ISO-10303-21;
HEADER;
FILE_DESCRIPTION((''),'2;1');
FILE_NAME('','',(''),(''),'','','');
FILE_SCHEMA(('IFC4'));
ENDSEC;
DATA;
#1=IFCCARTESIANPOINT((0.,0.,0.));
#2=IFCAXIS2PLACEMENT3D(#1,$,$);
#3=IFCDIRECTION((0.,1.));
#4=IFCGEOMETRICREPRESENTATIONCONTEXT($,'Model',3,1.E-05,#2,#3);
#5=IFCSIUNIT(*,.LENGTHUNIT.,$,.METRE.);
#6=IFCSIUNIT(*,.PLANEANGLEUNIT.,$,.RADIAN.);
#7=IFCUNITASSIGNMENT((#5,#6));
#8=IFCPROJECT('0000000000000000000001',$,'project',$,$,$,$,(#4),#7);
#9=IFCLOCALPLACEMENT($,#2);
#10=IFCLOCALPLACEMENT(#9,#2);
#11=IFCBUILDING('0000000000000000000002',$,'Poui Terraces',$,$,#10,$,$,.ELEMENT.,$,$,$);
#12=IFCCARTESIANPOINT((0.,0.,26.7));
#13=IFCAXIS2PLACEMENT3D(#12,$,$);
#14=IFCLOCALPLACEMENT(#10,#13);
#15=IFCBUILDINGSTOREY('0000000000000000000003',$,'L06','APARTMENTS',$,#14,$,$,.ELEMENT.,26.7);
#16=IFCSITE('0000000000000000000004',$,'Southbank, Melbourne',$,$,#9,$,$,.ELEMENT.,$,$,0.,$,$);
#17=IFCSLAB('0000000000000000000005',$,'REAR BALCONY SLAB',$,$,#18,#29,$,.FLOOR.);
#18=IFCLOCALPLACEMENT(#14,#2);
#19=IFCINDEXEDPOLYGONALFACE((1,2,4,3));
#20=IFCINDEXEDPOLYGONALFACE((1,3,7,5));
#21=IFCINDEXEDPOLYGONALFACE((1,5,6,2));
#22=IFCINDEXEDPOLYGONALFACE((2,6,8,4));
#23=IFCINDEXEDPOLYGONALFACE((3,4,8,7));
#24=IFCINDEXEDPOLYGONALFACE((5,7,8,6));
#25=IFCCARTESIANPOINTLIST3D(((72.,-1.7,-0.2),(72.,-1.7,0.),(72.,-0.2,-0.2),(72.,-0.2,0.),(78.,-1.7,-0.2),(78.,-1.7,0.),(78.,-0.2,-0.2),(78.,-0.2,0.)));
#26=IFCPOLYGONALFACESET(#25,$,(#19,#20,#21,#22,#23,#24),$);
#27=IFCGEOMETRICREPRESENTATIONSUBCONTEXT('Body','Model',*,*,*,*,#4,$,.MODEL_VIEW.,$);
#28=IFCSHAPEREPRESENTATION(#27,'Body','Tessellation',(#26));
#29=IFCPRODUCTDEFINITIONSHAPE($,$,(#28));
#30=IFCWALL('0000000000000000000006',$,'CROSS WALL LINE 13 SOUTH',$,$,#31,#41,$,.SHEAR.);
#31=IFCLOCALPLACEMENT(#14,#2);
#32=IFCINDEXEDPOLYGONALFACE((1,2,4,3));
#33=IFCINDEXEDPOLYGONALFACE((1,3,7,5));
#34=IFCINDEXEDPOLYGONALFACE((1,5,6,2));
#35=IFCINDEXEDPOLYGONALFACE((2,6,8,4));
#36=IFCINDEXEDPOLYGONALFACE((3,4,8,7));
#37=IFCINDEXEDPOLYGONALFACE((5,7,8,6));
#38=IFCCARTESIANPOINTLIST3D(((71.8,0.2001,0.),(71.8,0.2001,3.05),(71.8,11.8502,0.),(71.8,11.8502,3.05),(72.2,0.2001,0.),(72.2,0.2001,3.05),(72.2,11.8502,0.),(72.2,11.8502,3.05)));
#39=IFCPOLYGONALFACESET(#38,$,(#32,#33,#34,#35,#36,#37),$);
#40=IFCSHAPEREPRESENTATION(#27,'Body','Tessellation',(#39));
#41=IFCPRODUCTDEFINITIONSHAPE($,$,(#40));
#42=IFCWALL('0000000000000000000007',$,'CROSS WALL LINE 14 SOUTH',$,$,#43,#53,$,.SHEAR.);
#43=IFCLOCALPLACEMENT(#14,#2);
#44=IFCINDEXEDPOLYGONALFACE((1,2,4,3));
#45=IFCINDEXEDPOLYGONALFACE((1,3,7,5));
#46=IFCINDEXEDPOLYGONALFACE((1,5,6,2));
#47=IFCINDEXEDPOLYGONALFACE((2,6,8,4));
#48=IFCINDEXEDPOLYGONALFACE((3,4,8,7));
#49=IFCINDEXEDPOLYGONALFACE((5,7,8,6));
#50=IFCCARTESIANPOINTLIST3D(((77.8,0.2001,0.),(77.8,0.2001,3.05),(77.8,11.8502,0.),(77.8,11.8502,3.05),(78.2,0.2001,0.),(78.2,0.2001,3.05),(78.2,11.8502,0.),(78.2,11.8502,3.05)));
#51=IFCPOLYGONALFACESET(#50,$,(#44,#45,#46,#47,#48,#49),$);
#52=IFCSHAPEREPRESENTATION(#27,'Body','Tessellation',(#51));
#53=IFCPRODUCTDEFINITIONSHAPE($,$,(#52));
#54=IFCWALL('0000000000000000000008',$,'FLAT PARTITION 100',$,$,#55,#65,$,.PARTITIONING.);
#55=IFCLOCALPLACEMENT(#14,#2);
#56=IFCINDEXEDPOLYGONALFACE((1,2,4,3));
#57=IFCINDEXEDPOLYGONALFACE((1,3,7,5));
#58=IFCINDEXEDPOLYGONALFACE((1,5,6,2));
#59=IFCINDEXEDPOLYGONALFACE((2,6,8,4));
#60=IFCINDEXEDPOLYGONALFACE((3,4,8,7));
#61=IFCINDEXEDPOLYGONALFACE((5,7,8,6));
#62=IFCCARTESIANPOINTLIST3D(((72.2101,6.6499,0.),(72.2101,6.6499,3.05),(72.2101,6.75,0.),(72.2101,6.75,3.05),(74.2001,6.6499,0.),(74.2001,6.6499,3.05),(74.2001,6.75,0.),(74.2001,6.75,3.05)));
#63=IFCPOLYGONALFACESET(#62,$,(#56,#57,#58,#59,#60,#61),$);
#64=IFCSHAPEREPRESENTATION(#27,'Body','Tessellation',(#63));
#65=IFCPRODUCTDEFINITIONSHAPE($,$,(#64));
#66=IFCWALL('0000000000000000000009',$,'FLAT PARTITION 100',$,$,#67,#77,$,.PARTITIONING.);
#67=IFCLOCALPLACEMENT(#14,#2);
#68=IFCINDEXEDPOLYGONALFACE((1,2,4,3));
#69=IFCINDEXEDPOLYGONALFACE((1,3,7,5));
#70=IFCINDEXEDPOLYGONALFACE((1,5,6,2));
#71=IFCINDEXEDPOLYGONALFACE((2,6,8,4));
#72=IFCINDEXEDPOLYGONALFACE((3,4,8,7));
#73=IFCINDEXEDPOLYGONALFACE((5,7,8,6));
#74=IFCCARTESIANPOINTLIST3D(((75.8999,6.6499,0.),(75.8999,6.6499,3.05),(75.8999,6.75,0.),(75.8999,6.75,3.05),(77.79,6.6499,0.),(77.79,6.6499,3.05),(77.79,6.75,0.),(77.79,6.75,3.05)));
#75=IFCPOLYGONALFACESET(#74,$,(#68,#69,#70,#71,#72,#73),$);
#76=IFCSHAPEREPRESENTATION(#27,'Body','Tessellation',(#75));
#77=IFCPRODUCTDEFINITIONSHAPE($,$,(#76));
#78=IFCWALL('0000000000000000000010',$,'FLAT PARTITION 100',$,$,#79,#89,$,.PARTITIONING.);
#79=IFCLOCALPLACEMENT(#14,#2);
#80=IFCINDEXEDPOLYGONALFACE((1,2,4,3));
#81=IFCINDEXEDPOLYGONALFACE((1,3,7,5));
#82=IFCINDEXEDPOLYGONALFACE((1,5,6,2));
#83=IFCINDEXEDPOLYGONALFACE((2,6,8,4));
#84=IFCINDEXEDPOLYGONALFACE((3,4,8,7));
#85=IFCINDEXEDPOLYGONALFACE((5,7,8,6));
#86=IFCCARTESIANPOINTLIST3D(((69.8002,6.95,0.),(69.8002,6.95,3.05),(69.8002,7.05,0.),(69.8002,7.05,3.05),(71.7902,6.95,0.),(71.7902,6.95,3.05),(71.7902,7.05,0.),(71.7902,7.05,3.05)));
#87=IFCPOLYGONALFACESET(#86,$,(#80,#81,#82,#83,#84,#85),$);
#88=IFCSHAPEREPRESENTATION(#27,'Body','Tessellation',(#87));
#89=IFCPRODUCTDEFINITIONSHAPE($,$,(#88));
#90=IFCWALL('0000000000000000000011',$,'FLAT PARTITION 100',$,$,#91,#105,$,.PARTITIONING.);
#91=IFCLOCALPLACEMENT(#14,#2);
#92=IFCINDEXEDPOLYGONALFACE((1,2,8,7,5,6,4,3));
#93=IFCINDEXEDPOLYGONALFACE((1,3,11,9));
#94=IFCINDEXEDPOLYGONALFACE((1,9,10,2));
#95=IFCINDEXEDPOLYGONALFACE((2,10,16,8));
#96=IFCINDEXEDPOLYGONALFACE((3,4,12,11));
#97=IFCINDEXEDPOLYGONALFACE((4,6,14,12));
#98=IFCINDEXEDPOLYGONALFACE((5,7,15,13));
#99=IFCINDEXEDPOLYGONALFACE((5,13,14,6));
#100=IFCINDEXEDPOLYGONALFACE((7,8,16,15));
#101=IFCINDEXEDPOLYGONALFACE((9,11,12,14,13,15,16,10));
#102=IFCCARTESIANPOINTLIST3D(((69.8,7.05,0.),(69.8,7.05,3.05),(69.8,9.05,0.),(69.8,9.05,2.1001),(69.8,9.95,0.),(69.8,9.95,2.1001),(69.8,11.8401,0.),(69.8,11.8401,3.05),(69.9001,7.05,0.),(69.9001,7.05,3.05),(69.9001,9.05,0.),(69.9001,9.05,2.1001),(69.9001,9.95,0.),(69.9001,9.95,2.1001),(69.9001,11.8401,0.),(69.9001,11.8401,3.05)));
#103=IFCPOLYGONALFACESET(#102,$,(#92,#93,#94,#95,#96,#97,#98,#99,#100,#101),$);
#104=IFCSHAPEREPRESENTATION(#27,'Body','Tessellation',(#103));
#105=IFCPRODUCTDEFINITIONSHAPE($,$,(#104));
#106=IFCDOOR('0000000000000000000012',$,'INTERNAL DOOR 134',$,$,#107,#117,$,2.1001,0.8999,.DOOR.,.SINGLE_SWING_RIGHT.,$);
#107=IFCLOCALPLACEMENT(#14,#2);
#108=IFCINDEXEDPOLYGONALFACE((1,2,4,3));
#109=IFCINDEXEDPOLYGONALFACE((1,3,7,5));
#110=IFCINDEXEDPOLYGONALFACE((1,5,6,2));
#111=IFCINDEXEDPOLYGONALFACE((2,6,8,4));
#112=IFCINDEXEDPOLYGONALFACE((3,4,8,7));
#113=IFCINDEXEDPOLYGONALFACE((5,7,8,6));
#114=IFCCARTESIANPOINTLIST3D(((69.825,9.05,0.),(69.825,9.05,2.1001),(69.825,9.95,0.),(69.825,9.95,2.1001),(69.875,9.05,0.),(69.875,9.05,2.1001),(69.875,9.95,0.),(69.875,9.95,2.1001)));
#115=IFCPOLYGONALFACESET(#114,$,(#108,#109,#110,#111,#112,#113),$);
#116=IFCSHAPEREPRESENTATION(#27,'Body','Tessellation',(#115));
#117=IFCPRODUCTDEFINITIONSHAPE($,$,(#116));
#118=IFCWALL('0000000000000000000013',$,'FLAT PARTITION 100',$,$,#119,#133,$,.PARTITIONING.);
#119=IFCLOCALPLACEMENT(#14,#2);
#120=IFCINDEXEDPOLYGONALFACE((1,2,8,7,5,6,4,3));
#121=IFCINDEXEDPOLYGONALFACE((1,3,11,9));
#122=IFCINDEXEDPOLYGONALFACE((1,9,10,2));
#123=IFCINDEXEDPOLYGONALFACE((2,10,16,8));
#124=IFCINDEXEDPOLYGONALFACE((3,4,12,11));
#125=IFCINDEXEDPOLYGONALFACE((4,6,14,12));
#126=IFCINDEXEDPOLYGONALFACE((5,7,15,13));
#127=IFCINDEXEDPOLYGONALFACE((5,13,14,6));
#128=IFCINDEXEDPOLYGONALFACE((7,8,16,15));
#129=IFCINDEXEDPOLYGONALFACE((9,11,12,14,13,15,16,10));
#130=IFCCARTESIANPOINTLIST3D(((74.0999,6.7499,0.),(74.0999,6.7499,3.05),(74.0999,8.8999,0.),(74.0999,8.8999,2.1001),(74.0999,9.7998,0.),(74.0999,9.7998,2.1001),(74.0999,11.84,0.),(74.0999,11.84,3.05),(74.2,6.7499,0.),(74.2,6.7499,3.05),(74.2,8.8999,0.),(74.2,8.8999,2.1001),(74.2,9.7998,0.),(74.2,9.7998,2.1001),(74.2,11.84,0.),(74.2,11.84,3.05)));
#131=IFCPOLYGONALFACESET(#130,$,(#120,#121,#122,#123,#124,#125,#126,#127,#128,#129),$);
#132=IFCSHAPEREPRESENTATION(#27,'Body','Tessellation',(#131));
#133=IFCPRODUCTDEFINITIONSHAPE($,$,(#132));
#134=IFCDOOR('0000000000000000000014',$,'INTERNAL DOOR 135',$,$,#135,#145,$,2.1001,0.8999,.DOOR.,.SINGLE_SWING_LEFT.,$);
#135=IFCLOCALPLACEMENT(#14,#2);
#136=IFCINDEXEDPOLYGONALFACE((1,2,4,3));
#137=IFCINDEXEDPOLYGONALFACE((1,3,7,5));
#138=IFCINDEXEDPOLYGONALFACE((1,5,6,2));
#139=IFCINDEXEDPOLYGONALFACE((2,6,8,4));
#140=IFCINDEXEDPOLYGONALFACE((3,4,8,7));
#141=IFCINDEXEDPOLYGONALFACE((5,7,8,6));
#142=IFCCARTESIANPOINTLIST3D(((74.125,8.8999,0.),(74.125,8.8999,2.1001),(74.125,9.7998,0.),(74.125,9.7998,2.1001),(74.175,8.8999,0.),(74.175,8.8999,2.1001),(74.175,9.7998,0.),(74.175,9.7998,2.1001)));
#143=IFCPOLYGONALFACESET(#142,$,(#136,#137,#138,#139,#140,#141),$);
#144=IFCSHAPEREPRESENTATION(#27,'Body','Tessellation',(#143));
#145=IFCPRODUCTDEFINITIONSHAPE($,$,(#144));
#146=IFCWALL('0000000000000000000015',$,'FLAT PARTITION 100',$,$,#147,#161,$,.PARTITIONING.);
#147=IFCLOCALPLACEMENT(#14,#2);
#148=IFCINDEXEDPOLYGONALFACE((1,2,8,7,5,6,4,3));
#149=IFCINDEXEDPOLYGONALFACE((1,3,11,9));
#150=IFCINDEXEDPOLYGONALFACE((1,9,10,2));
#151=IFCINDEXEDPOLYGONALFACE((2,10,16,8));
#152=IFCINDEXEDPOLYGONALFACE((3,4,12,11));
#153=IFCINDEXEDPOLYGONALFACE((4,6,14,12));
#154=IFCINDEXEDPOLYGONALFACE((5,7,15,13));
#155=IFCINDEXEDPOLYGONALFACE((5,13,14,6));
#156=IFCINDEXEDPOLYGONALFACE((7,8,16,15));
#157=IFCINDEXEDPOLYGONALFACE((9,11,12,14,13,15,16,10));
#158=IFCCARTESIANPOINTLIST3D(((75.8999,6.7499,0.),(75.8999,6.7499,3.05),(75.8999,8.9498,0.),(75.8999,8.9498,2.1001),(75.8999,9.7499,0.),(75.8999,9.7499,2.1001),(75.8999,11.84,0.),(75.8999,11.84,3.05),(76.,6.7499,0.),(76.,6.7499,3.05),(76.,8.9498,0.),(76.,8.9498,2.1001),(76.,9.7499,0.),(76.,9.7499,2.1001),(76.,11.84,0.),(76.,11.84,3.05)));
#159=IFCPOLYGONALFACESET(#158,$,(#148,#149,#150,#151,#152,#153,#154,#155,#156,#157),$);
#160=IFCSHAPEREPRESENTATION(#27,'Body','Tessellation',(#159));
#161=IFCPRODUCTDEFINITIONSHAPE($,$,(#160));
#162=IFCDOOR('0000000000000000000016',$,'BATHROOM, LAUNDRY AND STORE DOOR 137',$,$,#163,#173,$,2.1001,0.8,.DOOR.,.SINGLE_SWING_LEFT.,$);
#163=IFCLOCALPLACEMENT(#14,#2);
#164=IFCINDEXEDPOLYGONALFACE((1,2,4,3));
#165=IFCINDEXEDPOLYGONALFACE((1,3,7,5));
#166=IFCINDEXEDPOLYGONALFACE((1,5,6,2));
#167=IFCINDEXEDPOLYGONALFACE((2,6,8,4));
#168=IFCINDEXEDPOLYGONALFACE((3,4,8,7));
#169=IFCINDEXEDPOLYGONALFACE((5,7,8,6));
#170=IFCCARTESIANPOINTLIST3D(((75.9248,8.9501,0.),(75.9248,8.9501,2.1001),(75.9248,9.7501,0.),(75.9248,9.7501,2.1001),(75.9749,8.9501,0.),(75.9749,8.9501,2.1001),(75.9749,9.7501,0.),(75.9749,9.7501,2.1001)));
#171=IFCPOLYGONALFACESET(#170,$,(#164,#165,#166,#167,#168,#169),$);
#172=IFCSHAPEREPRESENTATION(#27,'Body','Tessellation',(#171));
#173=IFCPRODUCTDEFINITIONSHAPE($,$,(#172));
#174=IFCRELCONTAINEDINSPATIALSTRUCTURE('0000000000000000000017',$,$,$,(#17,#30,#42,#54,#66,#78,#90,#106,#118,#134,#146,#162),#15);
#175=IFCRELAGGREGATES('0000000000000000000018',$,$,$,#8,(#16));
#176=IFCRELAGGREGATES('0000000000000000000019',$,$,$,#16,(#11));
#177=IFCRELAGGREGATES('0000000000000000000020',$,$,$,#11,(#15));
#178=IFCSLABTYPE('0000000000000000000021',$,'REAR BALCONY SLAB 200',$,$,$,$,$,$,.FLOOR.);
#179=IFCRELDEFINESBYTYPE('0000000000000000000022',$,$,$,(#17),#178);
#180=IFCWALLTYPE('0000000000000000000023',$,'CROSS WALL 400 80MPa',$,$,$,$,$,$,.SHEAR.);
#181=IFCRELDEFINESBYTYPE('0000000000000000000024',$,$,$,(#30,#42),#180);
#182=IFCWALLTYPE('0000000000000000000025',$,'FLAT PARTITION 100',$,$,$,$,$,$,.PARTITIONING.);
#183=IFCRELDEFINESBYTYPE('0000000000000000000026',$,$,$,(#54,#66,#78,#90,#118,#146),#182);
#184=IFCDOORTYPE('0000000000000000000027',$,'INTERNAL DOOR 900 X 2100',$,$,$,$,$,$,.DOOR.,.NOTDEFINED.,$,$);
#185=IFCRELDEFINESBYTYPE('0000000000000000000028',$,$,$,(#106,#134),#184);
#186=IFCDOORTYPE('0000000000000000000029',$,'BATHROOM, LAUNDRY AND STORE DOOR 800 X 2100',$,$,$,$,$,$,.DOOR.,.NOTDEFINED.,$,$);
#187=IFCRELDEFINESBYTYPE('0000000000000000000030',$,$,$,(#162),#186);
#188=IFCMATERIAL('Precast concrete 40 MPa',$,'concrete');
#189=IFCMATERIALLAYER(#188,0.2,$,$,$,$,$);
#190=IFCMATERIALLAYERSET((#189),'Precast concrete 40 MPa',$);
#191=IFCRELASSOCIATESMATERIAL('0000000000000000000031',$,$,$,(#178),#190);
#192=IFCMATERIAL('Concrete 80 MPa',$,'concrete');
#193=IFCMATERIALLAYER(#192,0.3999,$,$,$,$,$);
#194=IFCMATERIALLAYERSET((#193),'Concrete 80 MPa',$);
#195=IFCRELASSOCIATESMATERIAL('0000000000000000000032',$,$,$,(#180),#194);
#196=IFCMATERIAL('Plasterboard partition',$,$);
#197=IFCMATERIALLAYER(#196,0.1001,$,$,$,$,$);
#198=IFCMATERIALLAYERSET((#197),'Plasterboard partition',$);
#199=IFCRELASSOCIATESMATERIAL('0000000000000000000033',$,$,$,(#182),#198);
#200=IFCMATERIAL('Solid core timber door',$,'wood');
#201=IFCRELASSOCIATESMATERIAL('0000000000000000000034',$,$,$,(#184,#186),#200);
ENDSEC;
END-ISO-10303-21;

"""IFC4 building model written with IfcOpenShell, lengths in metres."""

from ifc_helpers import new_model, si_unit, direction, frame, frame_2d, origin, place, context, subcontext, project, spatial, polyline, rectangle, outline, extrude, source, transform, mapped, material, layer, layer_set, type_object, element, fill, save


model = new_model("IFC4")

# Units and contexts
model_context = context("Model", 3, precision=1e-05, world=origin(), true_north=direction((0.0, 1.0)))
body_context = subcontext(model_context, "Body", "Model", "MODEL_VIEW")
ifc_project = project(units=[si_unit("LENGTHUNIT", "METRE"), si_unit("PLANEANGLEUNIT", "RADIAN")], contexts=[model_context])

# Site, building, storey
site_placement = place(None, origin())
site = spatial("IfcSite", under=ifc_project, at=site_placement, Name="Southbank, Melbourne", CompositionType="ELEMENT", RefElevation=0.0)
building_placement = place(site_placement, origin())
building = spatial("IfcBuilding", under=site, at=building_placement, Name="Poui Terraces", CompositionType="ELEMENT")
storey_placement = place(building_placement, frame((0.0, 0.0, 26.7)))
storey = spatial("IfcBuildingStorey", under=building, at=storey_placement, Name="L06", Description="APARTMENTS", CompositionType="ELEMENT", Elevation=26.7)

# Slab
ifc_material_1 = material(Name="Precast concrete 40 MPa", Category="concrete")
ifc_layer_1 = layer(ifc_material_1, 0.2)
ifc_layer_set_1 = layer_set([ifc_layer_1], Name="Precast concrete 40 MPa")
slab_type = type_object("IfcSlabType", Name="REAR BALCONY SLAB 200", PredefinedType="FLOOR", material=ifc_layer_set_1)
shared_shape_1 = source(origin(), body_context, "Body", "SweptSolid", [
    extrude(outline(polyline([(0.0, 0.0), (6.0, 0.0), (6.0, 1.5), (0.0, 1.5), (0.0, 0.0)])), origin(), (0.0, 0.0, 1.0), 0.2),
])
slab_placement = place(storey_placement, frame((72.0, -1.7, -0.2)))
element("IfcSlab", 1, at=slab_placement, inside=storey, type_object=slab_type, Name="REAR BALCONY SLAB", PredefinedType="FLOOR", context=body_context, shape_type="MappedRepresentation", body=[
    mapped(shared_shape_1, transform((0.0, 0.0, 0.0))),
])

# Walls
ifc_material_2 = material(Name="Concrete 80 MPa", Category="concrete")
ifc_layer_2 = layer(ifc_material_2, 0.3999)
ifc_layer_set_2 = layer_set([ifc_layer_2], Name="Concrete 80 MPa")
wall_type_1 = type_object("IfcWallType", Name="CROSS WALL 400 80MPa", PredefinedType="SHEAR", material=ifc_layer_set_2)
for number, where, z_axis, x_axis, name in (
    (2, (72.0, 0.2, 0.0), (0.0, 0.0, 1.0), (0.0, 1.0, 0.0), "CROSS WALL LINE 13 SOUTH"),
    (3, (78.0, 0.2, 0.0), (0.0, 0.0, 1.0), (0.0, 1.0, 0.0), "CROSS WALL LINE 14 SOUTH"),
):
    element("IfcWall", number, at=place(storey_placement, frame(where, z_axis=z_axis, x_axis=x_axis)), inside=storey, type_object=wall_type_1, Name=name, PredefinedType="SHEAR", context=body_context, shape_type="SweptSolid", body=[
        extrude(rectangle(XDim=11.6501, YDim=0.3999, at=frame_2d((5.8252, 0.0))), origin(), (0.0, 0.0, 1.0), 3.05),
    ])
ifc_material_3 = material(Name="Plasterboard partition")
ifc_layer_3 = layer(ifc_material_3, 0.1001)
ifc_layer_set_3 = layer_set([ifc_layer_3], Name="Plasterboard partition")
wall_type_2 = type_object("IfcWallType", Name="FLAT PARTITION 100", PredefinedType="PARTITIONING", material=ifc_layer_set_3)
wall_1_placement = place(storey_placement, frame((72.21, 6.7, 0.0), z_axis=(0.0, 0.0, 1.0), x_axis=(1.0, 0.0, 0.0)))
element("IfcWall", 4, at=wall_1_placement, inside=storey, type_object=wall_type_2, Name="FLAT PARTITION 100", PredefinedType="PARTITIONING", context=body_context, shape_type="SweptSolid", body=[
    extrude(rectangle(XDim=1.99, YDim=0.1001, at=frame_2d((0.9951, 0.0))), origin(), (0.0, 0.0, 1.0), 3.05),
])
wall_2_placement = place(storey_placement, frame((75.8999, 6.7, 0.0), z_axis=(0.0, 0.0, 1.0), x_axis=(1.0, 0.0, 0.0)))
element("IfcWall", 5, at=wall_2_placement, inside=storey, type_object=wall_type_2, Name="FLAT PARTITION 100", PredefinedType="PARTITIONING", context=body_context, shape_type="SweptSolid", body=[
    extrude(rectangle(XDim=1.8901, YDim=0.1001, at=frame_2d((0.9451, 0.0))), origin(), (0.0, 0.0, 1.0), 3.05),
])
wall_3_placement = place(storey_placement, frame((69.8, 7.0, 0.0), z_axis=(0.0, 0.0, 1.0), x_axis=(1.0, 0.0, 0.0)))
element("IfcWall", 6, at=wall_3_placement, inside=storey, type_object=wall_type_2, Name="FLAT PARTITION 100", PredefinedType="PARTITIONING", context=body_context, shape_type="SweptSolid", body=[
    extrude(rectangle(XDim=1.99, YDim=0.1001, at=frame_2d((0.9951, 0.0))), origin(), (0.0, 0.0, 1.0), 3.05),
])

# Walls, openings, doors
wall_4_placement = place(storey_placement, frame((69.8501, 7.05, 0.0), z_axis=(0.0, 0.0, 1.0), x_axis=(0.0, 1.0, 0.0)))
wall_4 = element("IfcWall", 7, at=wall_4_placement, inside=storey, type_object=wall_type_2, Name="FLAT PARTITION 100", PredefinedType="PARTITIONING", context=body_context, shape_type="SweptSolid", body=[
    extrude(rectangle(XDim=4.79, YDim=0.1001, at=frame_2d((2.395, 0.0))), origin(), (0.0, 0.0, 1.0), 3.05),
])
opening_1_placement = place(wall_4_placement, frame((2.0, 0.0, 0.0)))
opening_1 = element("IfcOpeningElement", 8, at=opening_1_placement, cuts=wall_4, PredefinedType="OPENING", context=body_context, shape_type="SweptSolid", body=[
    extrude(rectangle(XDim=0.8999, YDim=2.1001, at=frame_2d((0.45, 1.05))), frame((0.0, 0.0601, 0.0), z_axis=(0.0, -1.0, 0.0), x_axis=(1.0, 0.0, 0.0)), (0.0, 0.0, 1.0), 0.1201),
])
ifc_material_4 = material(Name="Solid core timber door", Category="wood")
door_type_1 = type_object("IfcDoorType", Name="INTERNAL DOOR 900 X 2100", OperationType="NOTDEFINED", PredefinedType="DOOR", material=ifc_material_4)
door_1_placement = place(opening_1_placement, frame((0.8999, 0.0, 0.0), z_axis=(0.0, 0.0, 1.0), x_axis=(-1.0, 0.0, 0.0)))
door_1 = element("IfcDoor", 9, at=door_1_placement, inside=storey, type_object=door_type_1, Name="INTERNAL DOOR 134", OperationType="SINGLE_SWING_RIGHT", OverallHeight=2.1001, OverallWidth=0.8999, PredefinedType="DOOR", context=body_context, shape_type="SweptSolid", body=[
    extrude(rectangle(XDim=0.8999, YDim=2.1001, at=frame_2d((0.45, 1.05))), frame((0.0, 0.0249, 0.0), z_axis=(0.0, -1.0, 0.0), x_axis=(1.0, 0.0, 0.0)), (0.0, 0.0, 1.0), 0.05),
])
fill(opening_1, door_1)
wall_5_placement = place(storey_placement, frame((74.1499, 6.75, 0.0), z_axis=(0.0, 0.0, 1.0), x_axis=(0.0, 1.0, 0.0)))
wall_5 = element("IfcWall", 10, at=wall_5_placement, inside=storey, type_object=wall_type_2, Name="FLAT PARTITION 100", PredefinedType="PARTITIONING", context=body_context, shape_type="SweptSolid", body=[
    extrude(rectangle(XDim=5.0901, YDim=0.1001, at=frame_2d((2.5449, 0.0))), origin(), (0.0, 0.0, 1.0), 3.05),
])
opening_2_placement = place(wall_5_placement, frame((2.1499, 0.0, 0.0)))
opening_2 = element("IfcOpeningElement", 11, at=opening_2_placement, cuts=wall_5, PredefinedType="OPENING", context=body_context, shape_type="SweptSolid", body=[
    extrude(rectangle(XDim=0.8999, YDim=2.1001, at=frame_2d((0.45, 1.05))), frame((0.0, 0.0601, 0.0), z_axis=(0.0, -1.0, 0.0), x_axis=(1.0, 0.0, 0.0)), (0.0, 0.0, 1.0), 0.1201),
])
door_2_placement = place(opening_2_placement, origin())
door_2 = element("IfcDoor", 12, at=door_2_placement, inside=storey, type_object=door_type_1, Name="INTERNAL DOOR 135", OperationType="SINGLE_SWING_LEFT", OverallHeight=2.1001, OverallWidth=0.8999, PredefinedType="DOOR", context=body_context, shape_type="SweptSolid", body=[
    extrude(rectangle(XDim=0.8999, YDim=2.1001, at=frame_2d((0.45, 1.05))), frame((0.0, 0.0249, 0.0), z_axis=(0.0, -1.0, 0.0), x_axis=(1.0, 0.0, 0.0)), (0.0, 0.0, 1.0), 0.05),
])
fill(opening_2, door_2)
wall_6_placement = place(storey_placement, frame((75.95, 6.75, 0.0), z_axis=(0.0, 0.0, 1.0), x_axis=(0.0, 1.0, 0.0)))
wall_6 = element("IfcWall", 13, at=wall_6_placement, inside=storey, type_object=wall_type_2, Name="FLAT PARTITION 100", PredefinedType="PARTITIONING", context=body_context, shape_type="SweptSolid", body=[
    extrude(rectangle(XDim=5.0901, YDim=0.1001, at=frame_2d((2.5449, 0.0))), origin(), (0.0, 0.0, 1.0), 3.05),
])
opening_3_placement = place(wall_6_placement, frame((2.2, 0.0, 0.0)))
opening_3 = element("IfcOpeningElement", 14, at=opening_3_placement, cuts=wall_6, PredefinedType="OPENING", context=body_context, shape_type="SweptSolid", body=[
    extrude(rectangle(XDim=0.8, YDim=2.1001, at=frame_2d((0.3999, 1.05))), frame((0.0, 0.0601, 0.0), z_axis=(0.0, -1.0, 0.0), x_axis=(1.0, 0.0, 0.0)), (0.0, 0.0, 1.0), 0.1201),
])
door_type_2 = type_object("IfcDoorType", Name="BATHROOM, LAUNDRY AND STORE DOOR 800 X 2100", OperationType="NOTDEFINED", PredefinedType="DOOR", material=ifc_material_4)
door_3_placement = place(opening_3_placement, frame((0.8, 0.0, 0.0), z_axis=(0.0, 0.0, 1.0), x_axis=(-1.0, 0.0, 0.0)))
door_3 = element("IfcDoor", 15, at=door_3_placement, inside=storey, type_object=door_type_2, Name="BATHROOM, LAUNDRY AND STORE DOOR 137", OperationType="SINGLE_SWING_LEFT", OverallHeight=2.1001, OverallWidth=0.8, PredefinedType="DOOR", context=body_context, shape_type="SweptSolid", body=[
    extrude(rectangle(XDim=0.8, YDim=2.1001, at=frame_2d((0.3999, 1.05))), frame((0.0, 0.0249, 0.0), z_axis=(0.0, -1.0, 0.0), x_axis=(1.0, 0.0, 0.0)), (0.0, 0.0, 1.0), 0.05),
])
fill(opening_3, door_3)

save(model, "model.ifc")
